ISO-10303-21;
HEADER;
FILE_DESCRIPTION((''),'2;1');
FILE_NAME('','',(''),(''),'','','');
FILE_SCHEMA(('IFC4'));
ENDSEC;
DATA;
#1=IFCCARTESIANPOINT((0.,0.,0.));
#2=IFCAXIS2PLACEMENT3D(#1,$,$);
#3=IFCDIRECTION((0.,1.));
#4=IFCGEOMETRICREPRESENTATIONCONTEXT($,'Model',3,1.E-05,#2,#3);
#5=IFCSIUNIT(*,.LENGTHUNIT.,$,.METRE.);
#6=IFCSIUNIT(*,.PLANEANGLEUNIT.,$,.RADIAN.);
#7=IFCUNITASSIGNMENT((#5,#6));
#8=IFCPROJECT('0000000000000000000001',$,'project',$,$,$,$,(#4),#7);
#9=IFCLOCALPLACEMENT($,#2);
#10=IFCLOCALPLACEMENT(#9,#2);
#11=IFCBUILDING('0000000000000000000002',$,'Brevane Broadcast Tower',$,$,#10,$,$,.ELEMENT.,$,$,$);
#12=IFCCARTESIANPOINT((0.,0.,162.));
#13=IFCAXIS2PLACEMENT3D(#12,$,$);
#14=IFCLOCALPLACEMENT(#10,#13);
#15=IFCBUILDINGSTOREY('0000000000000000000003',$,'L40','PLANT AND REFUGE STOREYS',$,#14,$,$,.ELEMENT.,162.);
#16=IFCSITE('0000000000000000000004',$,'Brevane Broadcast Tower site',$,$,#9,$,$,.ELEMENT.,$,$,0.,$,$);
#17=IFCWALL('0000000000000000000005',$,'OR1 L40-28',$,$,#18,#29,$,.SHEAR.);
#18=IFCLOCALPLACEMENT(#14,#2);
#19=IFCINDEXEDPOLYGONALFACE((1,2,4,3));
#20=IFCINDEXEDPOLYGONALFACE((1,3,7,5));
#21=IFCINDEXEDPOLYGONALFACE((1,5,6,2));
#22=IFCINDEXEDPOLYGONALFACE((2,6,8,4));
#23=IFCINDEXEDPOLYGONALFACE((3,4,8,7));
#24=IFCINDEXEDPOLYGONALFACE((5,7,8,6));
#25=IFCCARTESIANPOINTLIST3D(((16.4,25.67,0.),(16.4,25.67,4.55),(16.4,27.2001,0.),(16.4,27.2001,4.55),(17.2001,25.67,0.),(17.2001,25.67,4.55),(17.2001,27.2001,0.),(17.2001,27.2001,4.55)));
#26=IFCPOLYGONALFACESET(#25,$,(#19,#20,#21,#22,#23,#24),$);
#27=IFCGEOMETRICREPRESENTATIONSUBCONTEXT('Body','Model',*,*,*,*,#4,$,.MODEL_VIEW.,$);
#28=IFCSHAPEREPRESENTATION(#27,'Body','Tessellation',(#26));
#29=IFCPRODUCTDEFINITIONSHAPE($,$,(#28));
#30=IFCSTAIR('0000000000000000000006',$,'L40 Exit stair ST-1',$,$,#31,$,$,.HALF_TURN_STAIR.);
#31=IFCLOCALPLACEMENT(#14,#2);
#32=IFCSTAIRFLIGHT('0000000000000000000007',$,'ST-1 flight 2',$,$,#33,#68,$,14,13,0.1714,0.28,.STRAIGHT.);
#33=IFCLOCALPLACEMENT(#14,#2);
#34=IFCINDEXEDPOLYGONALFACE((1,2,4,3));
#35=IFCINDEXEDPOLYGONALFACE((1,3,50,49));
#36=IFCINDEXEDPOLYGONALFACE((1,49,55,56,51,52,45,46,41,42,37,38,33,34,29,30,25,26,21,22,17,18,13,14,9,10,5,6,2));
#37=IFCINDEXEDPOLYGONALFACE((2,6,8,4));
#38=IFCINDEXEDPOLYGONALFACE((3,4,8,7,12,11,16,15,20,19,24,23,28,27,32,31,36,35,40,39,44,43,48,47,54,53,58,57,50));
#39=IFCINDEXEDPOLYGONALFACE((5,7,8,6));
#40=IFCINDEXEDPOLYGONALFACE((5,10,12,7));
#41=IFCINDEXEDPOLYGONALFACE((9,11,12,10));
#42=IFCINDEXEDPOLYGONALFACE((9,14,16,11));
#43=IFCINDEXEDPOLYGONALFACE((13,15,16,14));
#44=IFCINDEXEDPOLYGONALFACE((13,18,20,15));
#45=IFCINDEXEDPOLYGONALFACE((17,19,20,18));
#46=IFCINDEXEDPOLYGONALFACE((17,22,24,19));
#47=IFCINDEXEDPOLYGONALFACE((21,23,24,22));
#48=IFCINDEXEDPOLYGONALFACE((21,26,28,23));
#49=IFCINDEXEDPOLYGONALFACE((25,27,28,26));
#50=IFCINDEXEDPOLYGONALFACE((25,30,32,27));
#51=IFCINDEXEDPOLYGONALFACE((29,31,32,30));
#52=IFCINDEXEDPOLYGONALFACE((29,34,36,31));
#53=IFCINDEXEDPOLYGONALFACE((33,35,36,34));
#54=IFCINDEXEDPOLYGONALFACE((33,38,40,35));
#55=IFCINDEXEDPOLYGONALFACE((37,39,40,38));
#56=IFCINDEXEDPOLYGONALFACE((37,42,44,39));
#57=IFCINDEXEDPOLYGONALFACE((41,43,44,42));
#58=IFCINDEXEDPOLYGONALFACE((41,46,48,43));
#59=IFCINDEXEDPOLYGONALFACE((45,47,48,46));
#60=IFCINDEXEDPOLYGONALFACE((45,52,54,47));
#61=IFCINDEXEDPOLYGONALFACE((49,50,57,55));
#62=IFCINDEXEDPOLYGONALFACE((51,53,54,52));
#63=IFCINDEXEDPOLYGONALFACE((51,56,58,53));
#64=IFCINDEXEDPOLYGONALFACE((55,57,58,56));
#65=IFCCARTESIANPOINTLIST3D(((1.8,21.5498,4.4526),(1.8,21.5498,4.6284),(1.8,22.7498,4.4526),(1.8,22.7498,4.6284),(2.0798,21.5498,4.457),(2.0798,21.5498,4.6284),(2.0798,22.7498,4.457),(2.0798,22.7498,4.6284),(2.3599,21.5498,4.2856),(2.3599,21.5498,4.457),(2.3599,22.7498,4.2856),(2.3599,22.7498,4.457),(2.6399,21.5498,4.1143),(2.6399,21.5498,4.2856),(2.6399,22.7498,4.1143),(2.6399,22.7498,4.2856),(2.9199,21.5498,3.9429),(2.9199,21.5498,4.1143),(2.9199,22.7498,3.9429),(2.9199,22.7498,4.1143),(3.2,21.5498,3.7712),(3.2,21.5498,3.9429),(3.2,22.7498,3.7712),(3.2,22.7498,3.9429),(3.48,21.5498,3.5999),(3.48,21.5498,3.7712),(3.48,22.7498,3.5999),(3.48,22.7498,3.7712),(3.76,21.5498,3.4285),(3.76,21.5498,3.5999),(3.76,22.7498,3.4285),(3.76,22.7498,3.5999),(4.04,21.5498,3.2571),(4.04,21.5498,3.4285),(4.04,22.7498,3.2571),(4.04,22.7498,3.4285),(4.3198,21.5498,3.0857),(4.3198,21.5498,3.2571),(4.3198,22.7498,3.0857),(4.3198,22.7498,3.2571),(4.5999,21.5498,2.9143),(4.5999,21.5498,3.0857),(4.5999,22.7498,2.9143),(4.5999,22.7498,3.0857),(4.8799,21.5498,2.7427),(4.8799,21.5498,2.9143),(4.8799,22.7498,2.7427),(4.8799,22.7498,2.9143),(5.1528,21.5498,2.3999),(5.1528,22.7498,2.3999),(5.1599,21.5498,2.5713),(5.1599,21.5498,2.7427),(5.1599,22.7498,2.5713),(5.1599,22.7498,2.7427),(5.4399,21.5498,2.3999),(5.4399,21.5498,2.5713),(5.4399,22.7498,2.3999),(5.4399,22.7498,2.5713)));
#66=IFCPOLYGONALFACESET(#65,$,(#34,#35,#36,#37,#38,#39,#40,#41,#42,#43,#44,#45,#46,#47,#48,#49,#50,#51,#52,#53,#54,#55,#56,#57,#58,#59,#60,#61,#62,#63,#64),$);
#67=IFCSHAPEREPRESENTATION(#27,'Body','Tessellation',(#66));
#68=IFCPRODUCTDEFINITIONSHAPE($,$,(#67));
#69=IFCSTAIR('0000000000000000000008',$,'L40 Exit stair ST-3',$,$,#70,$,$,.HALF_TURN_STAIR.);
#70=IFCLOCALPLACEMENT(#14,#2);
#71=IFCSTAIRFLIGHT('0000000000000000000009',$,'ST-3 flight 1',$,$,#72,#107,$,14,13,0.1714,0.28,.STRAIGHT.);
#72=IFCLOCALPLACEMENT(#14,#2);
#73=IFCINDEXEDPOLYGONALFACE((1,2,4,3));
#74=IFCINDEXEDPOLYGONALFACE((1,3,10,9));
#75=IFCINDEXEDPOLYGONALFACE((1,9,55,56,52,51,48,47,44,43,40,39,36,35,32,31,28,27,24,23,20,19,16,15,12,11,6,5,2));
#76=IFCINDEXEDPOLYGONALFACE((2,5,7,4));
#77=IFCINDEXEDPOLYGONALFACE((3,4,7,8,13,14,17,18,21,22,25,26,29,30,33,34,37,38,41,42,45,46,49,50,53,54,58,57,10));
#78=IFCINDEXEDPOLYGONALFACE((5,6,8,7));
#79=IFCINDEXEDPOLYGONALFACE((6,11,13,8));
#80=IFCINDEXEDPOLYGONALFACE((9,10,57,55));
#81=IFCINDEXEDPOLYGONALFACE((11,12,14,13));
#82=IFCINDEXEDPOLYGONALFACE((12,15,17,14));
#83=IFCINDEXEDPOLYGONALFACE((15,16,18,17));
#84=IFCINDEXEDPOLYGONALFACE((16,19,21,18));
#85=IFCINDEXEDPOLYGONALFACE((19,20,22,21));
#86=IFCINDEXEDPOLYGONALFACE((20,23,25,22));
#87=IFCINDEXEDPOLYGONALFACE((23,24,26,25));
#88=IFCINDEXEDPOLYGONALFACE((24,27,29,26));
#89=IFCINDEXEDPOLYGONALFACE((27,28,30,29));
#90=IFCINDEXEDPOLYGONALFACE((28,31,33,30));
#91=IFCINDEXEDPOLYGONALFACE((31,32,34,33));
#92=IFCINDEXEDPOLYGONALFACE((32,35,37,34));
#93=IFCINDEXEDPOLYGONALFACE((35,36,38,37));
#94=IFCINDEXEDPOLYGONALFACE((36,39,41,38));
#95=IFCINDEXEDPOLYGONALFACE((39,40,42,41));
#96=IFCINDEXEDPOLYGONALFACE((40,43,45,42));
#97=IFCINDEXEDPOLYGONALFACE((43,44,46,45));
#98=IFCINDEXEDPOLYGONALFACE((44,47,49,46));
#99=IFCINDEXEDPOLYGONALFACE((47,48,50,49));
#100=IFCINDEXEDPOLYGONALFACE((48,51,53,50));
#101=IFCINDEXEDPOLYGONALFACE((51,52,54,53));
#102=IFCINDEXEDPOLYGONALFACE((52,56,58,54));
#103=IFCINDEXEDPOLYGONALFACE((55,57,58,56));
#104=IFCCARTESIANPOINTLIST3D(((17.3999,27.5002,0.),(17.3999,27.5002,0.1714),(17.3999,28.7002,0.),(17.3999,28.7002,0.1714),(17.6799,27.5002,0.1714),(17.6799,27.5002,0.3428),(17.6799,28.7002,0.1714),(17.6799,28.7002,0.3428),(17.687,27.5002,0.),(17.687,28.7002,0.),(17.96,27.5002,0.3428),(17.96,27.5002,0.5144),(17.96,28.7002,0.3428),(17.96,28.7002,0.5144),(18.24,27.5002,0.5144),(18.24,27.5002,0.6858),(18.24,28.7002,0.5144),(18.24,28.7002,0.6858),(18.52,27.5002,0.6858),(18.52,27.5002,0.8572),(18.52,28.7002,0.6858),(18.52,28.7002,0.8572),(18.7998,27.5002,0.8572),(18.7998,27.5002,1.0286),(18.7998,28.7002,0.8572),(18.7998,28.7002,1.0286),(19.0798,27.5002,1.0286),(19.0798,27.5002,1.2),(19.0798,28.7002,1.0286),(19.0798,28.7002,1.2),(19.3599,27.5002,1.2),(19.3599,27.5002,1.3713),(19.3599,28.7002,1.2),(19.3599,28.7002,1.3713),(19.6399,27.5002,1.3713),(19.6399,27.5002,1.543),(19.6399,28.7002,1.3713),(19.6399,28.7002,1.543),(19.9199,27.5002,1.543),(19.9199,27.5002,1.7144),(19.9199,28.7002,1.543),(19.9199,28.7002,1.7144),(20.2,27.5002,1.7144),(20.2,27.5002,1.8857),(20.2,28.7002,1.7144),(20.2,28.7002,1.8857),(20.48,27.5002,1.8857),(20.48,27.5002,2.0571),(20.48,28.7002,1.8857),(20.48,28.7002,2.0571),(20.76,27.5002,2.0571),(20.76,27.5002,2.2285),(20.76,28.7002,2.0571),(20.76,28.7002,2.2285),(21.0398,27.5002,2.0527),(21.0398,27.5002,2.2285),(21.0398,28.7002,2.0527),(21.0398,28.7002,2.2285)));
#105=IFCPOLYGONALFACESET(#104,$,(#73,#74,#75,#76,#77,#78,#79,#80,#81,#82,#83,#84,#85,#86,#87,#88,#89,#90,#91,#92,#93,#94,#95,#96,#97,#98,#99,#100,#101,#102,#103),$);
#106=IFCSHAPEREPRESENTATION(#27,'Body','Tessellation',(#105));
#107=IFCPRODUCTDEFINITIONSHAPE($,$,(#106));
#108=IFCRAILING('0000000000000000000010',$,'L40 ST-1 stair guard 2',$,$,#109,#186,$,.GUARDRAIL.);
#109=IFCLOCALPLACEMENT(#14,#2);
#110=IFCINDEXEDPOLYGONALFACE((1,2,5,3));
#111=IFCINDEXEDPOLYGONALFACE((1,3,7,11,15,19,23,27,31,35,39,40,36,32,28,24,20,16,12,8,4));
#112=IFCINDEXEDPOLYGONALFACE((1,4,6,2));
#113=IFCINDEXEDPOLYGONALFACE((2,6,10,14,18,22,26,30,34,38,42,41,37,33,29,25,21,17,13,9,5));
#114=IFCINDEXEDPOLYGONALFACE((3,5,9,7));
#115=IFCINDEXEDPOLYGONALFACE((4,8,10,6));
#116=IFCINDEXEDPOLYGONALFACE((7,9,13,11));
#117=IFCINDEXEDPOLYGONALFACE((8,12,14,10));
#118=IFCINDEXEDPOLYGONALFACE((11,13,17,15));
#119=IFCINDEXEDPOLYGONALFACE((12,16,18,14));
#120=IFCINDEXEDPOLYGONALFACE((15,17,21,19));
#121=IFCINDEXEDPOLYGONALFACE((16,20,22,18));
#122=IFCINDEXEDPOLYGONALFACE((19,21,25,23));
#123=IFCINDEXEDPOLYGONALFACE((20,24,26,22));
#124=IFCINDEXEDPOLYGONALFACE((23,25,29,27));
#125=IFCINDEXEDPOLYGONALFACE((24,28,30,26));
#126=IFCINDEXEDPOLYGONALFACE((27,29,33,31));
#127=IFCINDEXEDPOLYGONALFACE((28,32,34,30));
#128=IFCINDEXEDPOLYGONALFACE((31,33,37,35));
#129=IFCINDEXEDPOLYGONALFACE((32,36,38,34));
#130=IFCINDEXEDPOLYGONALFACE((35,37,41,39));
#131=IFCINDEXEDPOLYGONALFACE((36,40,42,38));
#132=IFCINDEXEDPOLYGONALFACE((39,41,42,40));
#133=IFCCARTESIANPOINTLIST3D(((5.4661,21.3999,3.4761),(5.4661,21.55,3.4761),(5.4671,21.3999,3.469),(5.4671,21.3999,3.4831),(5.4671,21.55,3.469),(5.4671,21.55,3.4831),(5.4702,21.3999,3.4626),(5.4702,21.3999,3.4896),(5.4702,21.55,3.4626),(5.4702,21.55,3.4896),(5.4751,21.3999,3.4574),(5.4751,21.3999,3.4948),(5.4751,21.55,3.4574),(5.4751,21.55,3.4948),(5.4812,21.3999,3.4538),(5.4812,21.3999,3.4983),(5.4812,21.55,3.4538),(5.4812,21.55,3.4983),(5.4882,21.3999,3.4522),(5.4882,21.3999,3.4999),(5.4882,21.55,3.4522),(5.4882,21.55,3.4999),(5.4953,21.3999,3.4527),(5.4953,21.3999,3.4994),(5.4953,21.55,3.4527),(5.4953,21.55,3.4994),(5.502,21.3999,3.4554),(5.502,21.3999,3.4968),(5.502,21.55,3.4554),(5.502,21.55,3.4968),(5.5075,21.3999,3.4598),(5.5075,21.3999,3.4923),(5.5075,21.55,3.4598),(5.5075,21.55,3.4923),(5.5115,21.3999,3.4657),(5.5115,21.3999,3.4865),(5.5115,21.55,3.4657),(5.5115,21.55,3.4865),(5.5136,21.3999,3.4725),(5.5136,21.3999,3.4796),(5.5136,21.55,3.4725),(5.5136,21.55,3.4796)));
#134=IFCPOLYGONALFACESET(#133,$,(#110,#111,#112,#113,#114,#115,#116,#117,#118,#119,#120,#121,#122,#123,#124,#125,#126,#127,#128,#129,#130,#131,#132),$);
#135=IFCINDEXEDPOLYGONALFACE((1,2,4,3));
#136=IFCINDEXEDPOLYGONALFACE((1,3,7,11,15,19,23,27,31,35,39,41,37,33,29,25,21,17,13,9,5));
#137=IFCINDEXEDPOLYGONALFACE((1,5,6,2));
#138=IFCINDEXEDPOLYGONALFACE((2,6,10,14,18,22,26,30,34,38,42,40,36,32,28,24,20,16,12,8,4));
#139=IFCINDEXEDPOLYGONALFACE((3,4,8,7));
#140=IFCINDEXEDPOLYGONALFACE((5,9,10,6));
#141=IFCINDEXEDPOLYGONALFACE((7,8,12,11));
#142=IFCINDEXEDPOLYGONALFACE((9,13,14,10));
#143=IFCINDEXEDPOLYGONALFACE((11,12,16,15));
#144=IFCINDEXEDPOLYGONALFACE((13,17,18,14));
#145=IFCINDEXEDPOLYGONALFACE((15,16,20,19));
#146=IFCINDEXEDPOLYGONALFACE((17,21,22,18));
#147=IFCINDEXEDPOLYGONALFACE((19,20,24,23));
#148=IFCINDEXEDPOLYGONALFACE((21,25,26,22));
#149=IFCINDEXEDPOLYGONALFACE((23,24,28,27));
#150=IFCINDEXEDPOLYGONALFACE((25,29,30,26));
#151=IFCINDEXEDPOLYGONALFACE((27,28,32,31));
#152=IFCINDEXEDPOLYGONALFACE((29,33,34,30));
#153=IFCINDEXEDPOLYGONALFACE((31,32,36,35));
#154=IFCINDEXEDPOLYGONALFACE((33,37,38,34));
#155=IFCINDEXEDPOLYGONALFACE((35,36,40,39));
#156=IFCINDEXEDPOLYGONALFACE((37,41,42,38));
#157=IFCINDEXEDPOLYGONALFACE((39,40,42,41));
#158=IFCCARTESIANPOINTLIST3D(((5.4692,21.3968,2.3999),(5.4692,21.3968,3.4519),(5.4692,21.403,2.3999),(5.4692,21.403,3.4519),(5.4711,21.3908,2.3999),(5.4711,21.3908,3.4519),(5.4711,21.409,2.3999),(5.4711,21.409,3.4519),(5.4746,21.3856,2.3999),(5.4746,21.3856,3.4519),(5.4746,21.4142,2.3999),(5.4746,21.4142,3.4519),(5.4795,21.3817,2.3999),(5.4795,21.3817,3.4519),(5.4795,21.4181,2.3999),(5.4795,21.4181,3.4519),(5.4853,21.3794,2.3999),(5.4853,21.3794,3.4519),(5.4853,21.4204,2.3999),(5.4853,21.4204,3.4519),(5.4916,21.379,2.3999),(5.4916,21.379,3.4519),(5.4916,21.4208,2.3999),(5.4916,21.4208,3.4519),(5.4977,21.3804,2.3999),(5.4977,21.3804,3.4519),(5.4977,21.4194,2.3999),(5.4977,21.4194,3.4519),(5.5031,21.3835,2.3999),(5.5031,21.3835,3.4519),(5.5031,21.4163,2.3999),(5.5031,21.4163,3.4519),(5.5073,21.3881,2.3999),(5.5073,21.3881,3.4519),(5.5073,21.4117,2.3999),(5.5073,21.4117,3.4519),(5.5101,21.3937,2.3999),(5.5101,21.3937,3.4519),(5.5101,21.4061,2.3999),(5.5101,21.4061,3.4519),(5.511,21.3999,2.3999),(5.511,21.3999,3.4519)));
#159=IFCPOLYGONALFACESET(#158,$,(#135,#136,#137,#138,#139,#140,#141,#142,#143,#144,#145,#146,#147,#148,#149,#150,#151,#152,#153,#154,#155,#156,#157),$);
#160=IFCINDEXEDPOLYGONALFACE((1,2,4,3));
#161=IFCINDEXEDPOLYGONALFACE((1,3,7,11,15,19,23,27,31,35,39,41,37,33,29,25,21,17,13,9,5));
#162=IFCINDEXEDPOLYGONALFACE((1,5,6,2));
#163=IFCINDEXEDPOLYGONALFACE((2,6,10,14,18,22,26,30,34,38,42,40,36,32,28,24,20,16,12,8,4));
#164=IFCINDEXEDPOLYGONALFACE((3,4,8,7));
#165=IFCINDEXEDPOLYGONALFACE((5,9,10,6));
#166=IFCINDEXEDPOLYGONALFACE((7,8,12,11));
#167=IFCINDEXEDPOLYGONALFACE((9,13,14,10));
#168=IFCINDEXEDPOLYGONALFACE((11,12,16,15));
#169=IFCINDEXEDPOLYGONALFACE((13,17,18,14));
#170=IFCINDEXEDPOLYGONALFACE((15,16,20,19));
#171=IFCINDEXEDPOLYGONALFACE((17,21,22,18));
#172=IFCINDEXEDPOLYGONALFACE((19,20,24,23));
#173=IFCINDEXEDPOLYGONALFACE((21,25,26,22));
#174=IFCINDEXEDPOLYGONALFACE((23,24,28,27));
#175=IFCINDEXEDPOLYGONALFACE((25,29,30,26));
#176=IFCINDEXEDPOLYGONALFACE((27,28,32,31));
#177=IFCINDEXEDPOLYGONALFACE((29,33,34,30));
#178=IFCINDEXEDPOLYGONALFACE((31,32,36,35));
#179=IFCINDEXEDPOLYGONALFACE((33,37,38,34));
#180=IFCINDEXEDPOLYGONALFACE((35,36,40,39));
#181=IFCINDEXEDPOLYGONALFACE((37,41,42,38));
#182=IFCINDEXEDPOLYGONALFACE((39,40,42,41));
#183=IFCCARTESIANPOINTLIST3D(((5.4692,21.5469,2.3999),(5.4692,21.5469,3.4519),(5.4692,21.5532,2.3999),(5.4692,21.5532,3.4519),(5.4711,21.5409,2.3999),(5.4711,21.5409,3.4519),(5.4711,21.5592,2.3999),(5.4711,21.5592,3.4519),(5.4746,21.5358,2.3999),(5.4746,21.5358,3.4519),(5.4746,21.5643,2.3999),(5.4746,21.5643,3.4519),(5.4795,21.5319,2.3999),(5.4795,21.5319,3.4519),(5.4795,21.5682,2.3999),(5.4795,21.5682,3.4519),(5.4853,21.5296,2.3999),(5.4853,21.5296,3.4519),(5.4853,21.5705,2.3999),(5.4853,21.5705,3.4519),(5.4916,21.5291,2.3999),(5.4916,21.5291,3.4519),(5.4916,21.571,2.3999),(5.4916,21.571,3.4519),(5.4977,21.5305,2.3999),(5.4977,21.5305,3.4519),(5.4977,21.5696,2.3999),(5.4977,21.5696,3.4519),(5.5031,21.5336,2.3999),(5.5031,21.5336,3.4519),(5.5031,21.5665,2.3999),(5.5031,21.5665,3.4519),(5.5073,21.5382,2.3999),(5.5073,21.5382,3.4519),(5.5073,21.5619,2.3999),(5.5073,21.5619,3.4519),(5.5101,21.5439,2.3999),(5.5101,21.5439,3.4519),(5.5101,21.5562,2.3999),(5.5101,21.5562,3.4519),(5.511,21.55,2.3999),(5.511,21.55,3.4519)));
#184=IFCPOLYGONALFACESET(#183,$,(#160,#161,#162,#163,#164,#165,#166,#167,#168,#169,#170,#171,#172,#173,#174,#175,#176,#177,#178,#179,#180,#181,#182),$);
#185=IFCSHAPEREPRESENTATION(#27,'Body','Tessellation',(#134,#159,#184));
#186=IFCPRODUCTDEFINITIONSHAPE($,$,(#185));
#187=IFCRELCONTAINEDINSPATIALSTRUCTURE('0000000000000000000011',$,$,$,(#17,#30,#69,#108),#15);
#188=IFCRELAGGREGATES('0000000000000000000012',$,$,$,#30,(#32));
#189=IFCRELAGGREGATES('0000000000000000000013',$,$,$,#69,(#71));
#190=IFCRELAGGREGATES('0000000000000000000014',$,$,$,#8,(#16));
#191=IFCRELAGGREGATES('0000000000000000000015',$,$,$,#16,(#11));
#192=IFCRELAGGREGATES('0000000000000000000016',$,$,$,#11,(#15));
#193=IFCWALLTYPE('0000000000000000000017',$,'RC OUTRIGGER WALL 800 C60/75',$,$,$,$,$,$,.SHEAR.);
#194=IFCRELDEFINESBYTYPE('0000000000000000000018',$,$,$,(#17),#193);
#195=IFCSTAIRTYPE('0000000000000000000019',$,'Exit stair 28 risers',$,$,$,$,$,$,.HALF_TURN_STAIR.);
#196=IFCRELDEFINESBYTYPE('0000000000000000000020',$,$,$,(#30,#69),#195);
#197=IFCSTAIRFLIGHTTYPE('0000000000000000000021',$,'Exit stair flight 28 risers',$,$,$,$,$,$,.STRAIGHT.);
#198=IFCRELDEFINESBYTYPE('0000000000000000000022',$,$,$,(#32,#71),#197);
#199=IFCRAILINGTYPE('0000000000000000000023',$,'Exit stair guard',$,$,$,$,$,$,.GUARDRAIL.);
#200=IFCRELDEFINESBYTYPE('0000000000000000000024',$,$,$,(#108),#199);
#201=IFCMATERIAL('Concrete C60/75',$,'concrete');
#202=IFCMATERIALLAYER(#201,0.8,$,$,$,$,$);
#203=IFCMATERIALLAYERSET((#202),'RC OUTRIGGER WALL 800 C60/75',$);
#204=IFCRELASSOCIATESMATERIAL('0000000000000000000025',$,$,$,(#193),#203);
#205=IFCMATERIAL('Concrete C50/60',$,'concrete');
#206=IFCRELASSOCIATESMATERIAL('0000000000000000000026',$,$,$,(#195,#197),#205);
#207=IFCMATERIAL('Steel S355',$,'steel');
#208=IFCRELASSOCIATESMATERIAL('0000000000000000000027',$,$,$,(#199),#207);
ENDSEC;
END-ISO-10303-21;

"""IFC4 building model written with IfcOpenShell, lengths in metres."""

from ifc_helpers import new_model, si_unit, direction, frame, frame_2d, origin, origin_2d, place, context, subcontext, project, spatial, polyline, rectangle, circle, outline, extrude, material, layer, layer_set, type_object, element, aggregate, save


model = new_model("IFC4")

# Units and contexts
model_context = context("Model", 3, precision=1e-05, world=origin(), true_north=direction((0.0, 1.0)))
body_context = subcontext(model_context, "Body", "Model", "MODEL_VIEW")
ifc_project = project(units=[si_unit("LENGTHUNIT", "METRE"), si_unit("PLANEANGLEUNIT", "RADIAN")], contexts=[model_context])

# Site, building, storey
site_placement = place(None, origin())
site = spatial("IfcSite", under=ifc_project, at=site_placement, Name="Brevane Broadcast Tower site", CompositionType="ELEMENT", RefElevation=0.0)
building_placement = place(site_placement, origin())
building = spatial("IfcBuilding", under=site, at=building_placement, Name="Brevane Broadcast Tower", CompositionType="ELEMENT")
storey_placement = place(building_placement, frame((0.0, 0.0, 162.0)))
storey = spatial("IfcBuildingStorey", under=building, at=storey_placement, Name="L40", Description="PLANT AND REFUGE STOREYS", CompositionType="ELEMENT", Elevation=162.0)

# Shared definitions
ifc_material_1 = material(Name="Concrete C60/75", Category="concrete")

# Shared definitions
ifc_material_2 = material(Name="Steel S355", Category="steel")

# Wall
ifc_layer_1 = layer(ifc_material_1, 0.8)
ifc_layer_set_1 = layer_set([ifc_layer_1], Name="RC OUTRIGGER WALL 800 C60/75")
wall_type_1 = type_object("IfcWallType", Name="RC OUTRIGGER WALL 800 C60/75", PredefinedType="SHEAR", material=ifc_layer_set_1)
wall_1_placement = place(storey_placement, frame((16.8, 25.6699, 0.0), z_axis=(0.0, 0.0, 1.0), x_axis=(0.0, 1.0, 0.0)))
element("IfcWall", 1, at=wall_1_placement, inside=storey, type_object=wall_type_1, Name="OR1 L40-28", PredefinedType="SHEAR", context=body_context, shape_type="SweptSolid", body=[
    extrude(rectangle(XDim=1.53, YDim=0.8, at=frame_2d((0.7651, 0.0))), origin(), (0.0, 0.0, 1.0), 4.55),
])

# Stairs, stair flights
ifc_material_3 = material(Name="Concrete C50/60", Category="concrete")
stair_type = type_object("IfcStairType", Name="Exit stair 28 risers", PredefinedType="HALF_TURN_STAIR", material=ifc_material_3)
stair_1_placement = place(storey_placement, origin())
stair_1 = element("IfcStair", 2, at=stair_1_placement, inside=storey, type_object=stair_type, Name="L40 Exit stair ST-1", PredefinedType="HALF_TURN_STAIR")
stair_flight_type = type_object("IfcStairFlightType", Name="Exit stair flight 28 risers", PredefinedType="STRAIGHT", material=ifc_material_3)
stair_flight_1_placement = place(storey_placement, frame((5.4399, 22.1499, 2.3999), z_axis=(0.0, 0.0, 1.0), x_axis=(-1.0, 0.0, 0.0)))
stair_flight_1 = element("IfcStairFlight", 3, at=stair_flight_1_placement, type_object=stair_flight_type, Name="ST-1 flight 2", NumberOfRisers=14, NumberOfTreads=13, PredefinedType="STRAIGHT", RiserHeight=0.1714, TreadLength=0.28, context=body_context, shape_type="SweptSolid", body=[
    extrude(outline(polyline([(0.0, 0.0), (0.0, 0.1714), (0.28, 0.1714), (0.28, 0.3428), (0.5601, 0.3428), (0.5601, 0.5144), (0.8401, 0.5144), (0.8401, 0.6858), (1.1201, 0.6858), (1.1201, 0.8572), (1.3999, 0.8572), (1.3999, 1.0286), (1.6799, 1.0286), (1.6799, 1.2), (1.96, 1.2), (1.96, 1.3713), (2.24, 1.3713), (2.24, 1.543), (2.52, 1.543), (2.52, 1.7144), (2.8, 1.7144), (2.8, 1.8857), (3.0801, 1.8857), (3.0801, 2.0571), (3.3601, 2.0571), (3.3601, 2.2285), (3.6399, 2.2285), (3.6399, 2.3999), (3.6399, 2.0527), (0.2871, 0.0), (0.0, 0.0)])), frame((0.0, 0.6001, 0.0), z_axis=(0.0, -1.0, 0.0), x_axis=(1.0, 0.0, 0.0)), (0.0, 0.0, 1.0), 1.2),
])
aggregate(stair_1, [stair_flight_1])
stair_2_placement = place(storey_placement, origin())
stair_2 = element("IfcStair", 4, at=stair_2_placement, inside=storey, type_object=stair_type, Name="L40 Exit stair ST-3", PredefinedType="HALF_TURN_STAIR")
stair_flight_2_placement = place(storey_placement, frame((17.3999, 28.1001, 0.0), z_axis=(0.0, 0.0, 1.0), x_axis=(1.0, 0.0, 0.0)))
stair_flight_2 = element("IfcStairFlight", 5, at=stair_flight_2_placement, type_object=stair_flight_type, Name="ST-3 flight 1", NumberOfRisers=14, NumberOfTreads=13, PredefinedType="STRAIGHT", RiserHeight=0.1714, TreadLength=0.28, context=body_context, shape_type="SweptSolid", body=[
    extrude(outline(polyline([(0.0, 0.0), (0.0, 0.1714), (0.28, 0.1714), (0.28, 0.3428), (0.5601, 0.3428), (0.5601, 0.5144), (0.8401, 0.5144), (0.8401, 0.6858), (1.1201, 0.6858), (1.1201, 0.8572), (1.3999, 0.8572), (1.3999, 1.0286), (1.6799, 1.0286), (1.6799, 1.2), (1.96, 1.2), (1.96, 1.3713), (2.24, 1.3713), (2.24, 1.543), (2.52, 1.543), (2.52, 1.7144), (2.8, 1.7144), (2.8, 1.8857), (3.0801, 1.8857), (3.0801, 2.0571), (3.3601, 2.0571), (3.3601, 2.2285), (3.6399, 2.2285), (3.6399, 2.3999), (3.6399, 2.0527), (0.2871, 0.0), (0.0, 0.0)])), frame((0.0, 0.6001, 0.0), z_axis=(0.0, -1.0, 0.0), x_axis=(1.0, 0.0, 0.0)), (0.0, 0.0, 1.0), 1.2),
])
aggregate(stair_2, [stair_flight_2])

# Railing
railing_type_1 = type_object("IfcRailingType", Name="Exit stair guard", PredefinedType="GUARDRAIL", material=ifc_material_2)
railing_1_placement = place(storey_placement, frame((5.49, 21.3999, 2.3999)))
element("IfcRailing", 6, at=railing_1_placement, inside=storey, type_object=railing_type_1, Name="L40 ST-1 stair guard 2", PredefinedType="GUARDRAIL", context=body_context, shape_type="SweptSolid", body=[
    extrude(circle(Radius=0.0239, at=origin_2d()), frame((0.0, 0.0, 1.0762), z_axis=(0.0, 1.0, 0.0), x_axis=(-1.0, 0.0, 0.0)), (0.0, 0.0, 1.0), 0.1501),
    extrude(circle(Radius=0.021, at=origin_2d()), origin(), (0.0, 0.0, 1.0), 1.052),
    extrude(circle(Radius=0.021, at=origin_2d()), frame((0.0, 0.1501, 0.0)), (0.0, 0.0, 1.0), 1.052),
])

save(model, "model.ifc")
